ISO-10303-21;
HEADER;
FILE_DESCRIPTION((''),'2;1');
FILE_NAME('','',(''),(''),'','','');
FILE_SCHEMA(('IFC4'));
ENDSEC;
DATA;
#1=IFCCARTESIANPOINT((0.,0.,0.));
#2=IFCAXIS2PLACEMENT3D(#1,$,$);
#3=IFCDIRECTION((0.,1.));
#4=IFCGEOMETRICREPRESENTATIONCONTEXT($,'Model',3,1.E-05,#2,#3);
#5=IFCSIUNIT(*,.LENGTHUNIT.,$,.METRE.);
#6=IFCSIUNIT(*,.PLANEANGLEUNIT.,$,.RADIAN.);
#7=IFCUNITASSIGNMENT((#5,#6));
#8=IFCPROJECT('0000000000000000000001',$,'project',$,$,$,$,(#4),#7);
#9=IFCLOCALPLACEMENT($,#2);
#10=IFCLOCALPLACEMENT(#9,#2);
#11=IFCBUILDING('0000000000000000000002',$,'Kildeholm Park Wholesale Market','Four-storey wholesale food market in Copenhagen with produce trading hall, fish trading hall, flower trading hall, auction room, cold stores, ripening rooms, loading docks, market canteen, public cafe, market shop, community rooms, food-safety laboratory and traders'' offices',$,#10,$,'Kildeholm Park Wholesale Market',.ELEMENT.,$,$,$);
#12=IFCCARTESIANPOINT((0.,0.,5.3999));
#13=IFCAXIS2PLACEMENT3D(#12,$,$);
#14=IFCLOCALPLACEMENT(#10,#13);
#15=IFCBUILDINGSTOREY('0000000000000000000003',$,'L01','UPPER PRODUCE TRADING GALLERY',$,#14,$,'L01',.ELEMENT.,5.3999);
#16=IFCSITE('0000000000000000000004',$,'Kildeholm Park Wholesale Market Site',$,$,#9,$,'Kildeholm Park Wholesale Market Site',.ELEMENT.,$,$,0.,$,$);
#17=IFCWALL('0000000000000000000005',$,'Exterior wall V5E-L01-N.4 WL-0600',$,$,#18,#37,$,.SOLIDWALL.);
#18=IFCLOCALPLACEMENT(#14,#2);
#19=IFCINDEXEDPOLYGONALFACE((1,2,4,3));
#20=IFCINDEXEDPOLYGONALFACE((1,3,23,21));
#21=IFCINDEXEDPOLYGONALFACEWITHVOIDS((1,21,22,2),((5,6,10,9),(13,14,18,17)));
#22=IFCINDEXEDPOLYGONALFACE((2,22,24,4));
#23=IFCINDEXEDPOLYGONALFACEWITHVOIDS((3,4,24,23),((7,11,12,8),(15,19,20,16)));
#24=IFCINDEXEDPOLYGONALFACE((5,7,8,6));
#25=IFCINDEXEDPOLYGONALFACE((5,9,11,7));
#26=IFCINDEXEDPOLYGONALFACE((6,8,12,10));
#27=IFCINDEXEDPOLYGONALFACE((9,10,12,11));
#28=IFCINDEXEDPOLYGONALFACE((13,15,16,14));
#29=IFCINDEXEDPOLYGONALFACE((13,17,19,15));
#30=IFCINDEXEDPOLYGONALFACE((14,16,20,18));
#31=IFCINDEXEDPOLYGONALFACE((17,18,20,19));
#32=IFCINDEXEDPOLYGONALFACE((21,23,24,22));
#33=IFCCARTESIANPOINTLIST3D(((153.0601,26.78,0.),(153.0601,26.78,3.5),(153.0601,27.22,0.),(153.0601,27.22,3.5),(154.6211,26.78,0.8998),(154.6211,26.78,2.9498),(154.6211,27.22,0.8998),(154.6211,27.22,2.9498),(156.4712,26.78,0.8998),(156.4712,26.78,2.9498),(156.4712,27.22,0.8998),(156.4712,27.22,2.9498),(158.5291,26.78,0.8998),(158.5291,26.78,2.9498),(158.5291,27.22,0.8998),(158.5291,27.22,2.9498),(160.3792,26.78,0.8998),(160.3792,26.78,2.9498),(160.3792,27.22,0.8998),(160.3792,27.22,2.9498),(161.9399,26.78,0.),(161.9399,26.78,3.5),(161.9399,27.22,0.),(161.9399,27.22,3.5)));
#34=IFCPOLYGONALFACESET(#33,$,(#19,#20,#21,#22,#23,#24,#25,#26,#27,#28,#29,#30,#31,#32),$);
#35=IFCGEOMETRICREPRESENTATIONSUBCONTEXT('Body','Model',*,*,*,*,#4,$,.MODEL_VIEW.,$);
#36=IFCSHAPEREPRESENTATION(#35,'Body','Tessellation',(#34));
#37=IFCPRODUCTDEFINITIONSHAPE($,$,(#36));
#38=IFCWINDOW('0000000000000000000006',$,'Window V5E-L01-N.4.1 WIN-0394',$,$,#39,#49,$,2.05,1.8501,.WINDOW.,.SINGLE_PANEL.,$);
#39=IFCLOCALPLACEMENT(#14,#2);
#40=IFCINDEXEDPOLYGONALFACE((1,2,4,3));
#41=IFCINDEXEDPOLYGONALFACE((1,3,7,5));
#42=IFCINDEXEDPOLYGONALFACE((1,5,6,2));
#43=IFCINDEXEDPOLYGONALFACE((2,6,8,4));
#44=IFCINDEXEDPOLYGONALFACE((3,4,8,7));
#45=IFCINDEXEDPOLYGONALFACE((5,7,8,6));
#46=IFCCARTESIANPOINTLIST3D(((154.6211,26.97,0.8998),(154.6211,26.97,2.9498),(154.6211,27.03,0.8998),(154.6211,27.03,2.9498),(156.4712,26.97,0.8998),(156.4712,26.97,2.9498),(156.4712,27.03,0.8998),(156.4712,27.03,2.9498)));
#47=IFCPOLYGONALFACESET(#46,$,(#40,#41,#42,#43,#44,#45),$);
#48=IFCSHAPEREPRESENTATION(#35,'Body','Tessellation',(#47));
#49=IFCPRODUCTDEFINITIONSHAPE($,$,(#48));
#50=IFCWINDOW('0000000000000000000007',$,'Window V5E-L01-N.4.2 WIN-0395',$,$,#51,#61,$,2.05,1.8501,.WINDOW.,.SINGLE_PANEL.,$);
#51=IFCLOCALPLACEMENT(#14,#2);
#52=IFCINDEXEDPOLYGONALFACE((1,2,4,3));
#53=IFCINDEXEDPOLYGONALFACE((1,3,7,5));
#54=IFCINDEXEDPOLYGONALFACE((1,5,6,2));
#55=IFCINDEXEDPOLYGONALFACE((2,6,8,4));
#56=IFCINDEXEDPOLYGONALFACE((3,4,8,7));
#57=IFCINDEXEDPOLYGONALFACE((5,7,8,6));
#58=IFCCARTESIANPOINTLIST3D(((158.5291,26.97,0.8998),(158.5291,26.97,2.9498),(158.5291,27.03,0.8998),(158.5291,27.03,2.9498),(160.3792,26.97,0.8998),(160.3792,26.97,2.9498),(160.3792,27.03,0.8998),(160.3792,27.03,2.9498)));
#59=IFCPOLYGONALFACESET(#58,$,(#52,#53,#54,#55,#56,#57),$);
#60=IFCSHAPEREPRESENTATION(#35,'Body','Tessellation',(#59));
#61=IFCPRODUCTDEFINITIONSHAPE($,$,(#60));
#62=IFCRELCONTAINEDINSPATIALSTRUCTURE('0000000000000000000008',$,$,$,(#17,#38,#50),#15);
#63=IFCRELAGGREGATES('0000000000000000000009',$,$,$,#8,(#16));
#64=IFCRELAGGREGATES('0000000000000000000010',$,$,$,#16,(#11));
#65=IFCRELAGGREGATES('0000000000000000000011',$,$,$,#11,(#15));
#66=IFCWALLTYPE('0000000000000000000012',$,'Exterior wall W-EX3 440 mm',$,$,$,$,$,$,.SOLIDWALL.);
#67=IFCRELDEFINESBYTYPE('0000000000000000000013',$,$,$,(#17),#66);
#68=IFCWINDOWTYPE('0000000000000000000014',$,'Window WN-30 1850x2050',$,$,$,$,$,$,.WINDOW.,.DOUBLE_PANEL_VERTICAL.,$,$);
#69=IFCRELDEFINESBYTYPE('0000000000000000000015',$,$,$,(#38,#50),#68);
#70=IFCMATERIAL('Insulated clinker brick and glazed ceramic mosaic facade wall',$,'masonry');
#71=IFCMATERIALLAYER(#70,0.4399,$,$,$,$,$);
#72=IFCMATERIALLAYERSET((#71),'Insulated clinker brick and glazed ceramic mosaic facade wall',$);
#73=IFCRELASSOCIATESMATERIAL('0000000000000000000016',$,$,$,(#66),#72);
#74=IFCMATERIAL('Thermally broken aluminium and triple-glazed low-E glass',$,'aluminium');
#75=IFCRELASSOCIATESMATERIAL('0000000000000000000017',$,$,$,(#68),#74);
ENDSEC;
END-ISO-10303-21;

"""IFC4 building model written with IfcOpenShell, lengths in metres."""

from ifc_helpers import new_model, si_unit, direction, frame, frame_2d, origin, place, context, subcontext, project, spatial, rectangle, extrude, material, layer, layer_set, type_object, element, fill, save


model = new_model("IFC4")

# Units and contexts
model_context = context("Model", 3, precision=1e-05, world=origin(), true_north=direction((0.0, 1.0)))
body_context = subcontext(model_context, "Body", "Model", "MODEL_VIEW")
ifc_project = project(units=[si_unit("LENGTHUNIT", "METRE"), si_unit("PLANEANGLEUNIT", "RADIAN")], contexts=[model_context])

# Site, building, storey
site_placement = place(None, origin())
site = spatial("IfcSite", under=ifc_project, at=site_placement, Name="Kildeholm Park Wholesale Market Site", LongName="Kildeholm Park Wholesale Market Site", CompositionType="ELEMENT", RefElevation=0.0)
building_placement = place(site_placement, origin())
building = spatial("IfcBuilding", under=site, at=building_placement, Name="Kildeholm Park Wholesale Market", Description="Four-storey wholesale food market in Copenhagen with produce trading hall, fish trading hall, flower trading hall, auction room, cold stores, ripening rooms, loading docks, market canteen, public cafe, market shop, community rooms, food-safety laboratory and traders' offices", LongName="Kildeholm Park Wholesale Market", CompositionType="ELEMENT")
storey_placement = place(building_placement, frame((0.0, 0.0, 5.3999)))
storey = spatial("IfcBuildingStorey", under=building, at=storey_placement, Name="L01", Description="UPPER PRODUCE TRADING GALLERY", LongName="L01", CompositionType="ELEMENT", Elevation=5.3999)

# Wall, openings, windows
ifc_material_1 = material(Name="Insulated clinker brick and glazed ceramic mosaic facade wall", Category="masonry")
ifc_layer = layer(ifc_material_1, 0.4399)
ifc_layer_set = layer_set([ifc_layer], Name="Insulated clinker brick and glazed ceramic mosaic facade wall")
wall_type = type_object("IfcWallType", Name="Exterior wall W-EX3 440 mm", PredefinedType="SOLIDWALL", material=ifc_layer_set)
ifc_material_2 = material(Name="Thermally broken aluminium and triple-glazed low-E glass", Category="aluminium")
wall_1_placement = place(storey_placement, frame((153.0601, 27.0, 0.0), z_axis=(0.0, 0.0, 1.0), x_axis=(1.0, 0.0, 0.0)))
wall_1 = element("IfcWall", 1, at=wall_1_placement, inside=storey, type_object=wall_type, Name="Exterior wall V5E-L01-N.4 WL-0600", PredefinedType="SOLIDWALL", context=body_context, shape_type="SweptSolid", body=[
    extrude(rectangle(XDim=8.8799, YDim=0.4399, at=frame_2d((4.4399, 0.0))), origin(), (0.0, 0.0, 1.0), 3.5),
])
opening_1_placement = place(wall_1_placement, frame((1.561, 0.0, 0.8999)))
opening_1 = element("IfcOpeningElement", 2, at=opening_1_placement, cuts=wall_1, PredefinedType="OPENING", context=body_context, shape_type="SweptSolid", body=[
    extrude(rectangle(XDim=1.8501, YDim=2.05, at=frame_2d((0.925, 1.0249))), frame((0.0, 0.23, 0.0), z_axis=(0.0, -1.0, 0.0), x_axis=(1.0, 0.0, 0.0)), (0.0, 0.0, 1.0), 0.46),
])
opening_2_placement = place(wall_1_placement, frame((5.469, 0.0, 0.8999)))
opening_2 = element("IfcOpeningElement", 3, at=opening_2_placement, cuts=wall_1, PredefinedType="OPENING", context=body_context, shape_type="SweptSolid", body=[
    extrude(rectangle(XDim=1.8501, YDim=2.05, at=frame_2d((0.925, 1.0249))), frame((0.0, 0.23, 0.0), z_axis=(0.0, -1.0, 0.0), x_axis=(1.0, 0.0, 0.0)), (0.0, 0.0, 1.0), 0.46),
])
window_type_1 = type_object("IfcWindowType", Name="Window WN-30 1850x2050", PartitioningType="DOUBLE_PANEL_VERTICAL", PredefinedType="WINDOW", material=ifc_material_2)
window_1_placement = place(opening_1_placement, origin())
window_1 = element("IfcWindow", 4, at=window_1_placement, inside=storey, type_object=window_type_1, Name="Window V5E-L01-N.4.1 WIN-0394", OverallHeight=2.05, OverallWidth=1.8501, PartitioningType="SINGLE_PANEL", PredefinedType="WINDOW", context=body_context, shape_type="SweptSolid", body=[
    extrude(rectangle(XDim=1.8501, YDim=2.05, at=frame_2d((0.925, 1.0249))), frame((0.0, 0.03, 0.0), z_axis=(0.0, -1.0, 0.0), x_axis=(1.0, 0.0, 0.0)), (0.0, 0.0, 1.0), 0.0601),
])
fill(opening_1, window_1)
window_2_placement = place(opening_2_placement, origin())
window_2 = element("IfcWindow", 5, at=window_2_placement, inside=storey, type_object=window_type_1, Name="Window V5E-L01-N.4.2 WIN-0395", OverallHeight=2.05, OverallWidth=1.8501, PartitioningType="SINGLE_PANEL", PredefinedType="WINDOW", context=body_context, shape_type="SweptSolid", body=[
    extrude(rectangle(XDim=1.8501, YDim=2.05, at=frame_2d((0.925, 1.0249))), frame((0.0, 0.03, 0.0), z_axis=(0.0, -1.0, 0.0), x_axis=(1.0, 0.0, 0.0)), (0.0, 0.0, 1.0), 0.0601),
])
fill(opening_2, window_2)

save(model, "model.ifc")
